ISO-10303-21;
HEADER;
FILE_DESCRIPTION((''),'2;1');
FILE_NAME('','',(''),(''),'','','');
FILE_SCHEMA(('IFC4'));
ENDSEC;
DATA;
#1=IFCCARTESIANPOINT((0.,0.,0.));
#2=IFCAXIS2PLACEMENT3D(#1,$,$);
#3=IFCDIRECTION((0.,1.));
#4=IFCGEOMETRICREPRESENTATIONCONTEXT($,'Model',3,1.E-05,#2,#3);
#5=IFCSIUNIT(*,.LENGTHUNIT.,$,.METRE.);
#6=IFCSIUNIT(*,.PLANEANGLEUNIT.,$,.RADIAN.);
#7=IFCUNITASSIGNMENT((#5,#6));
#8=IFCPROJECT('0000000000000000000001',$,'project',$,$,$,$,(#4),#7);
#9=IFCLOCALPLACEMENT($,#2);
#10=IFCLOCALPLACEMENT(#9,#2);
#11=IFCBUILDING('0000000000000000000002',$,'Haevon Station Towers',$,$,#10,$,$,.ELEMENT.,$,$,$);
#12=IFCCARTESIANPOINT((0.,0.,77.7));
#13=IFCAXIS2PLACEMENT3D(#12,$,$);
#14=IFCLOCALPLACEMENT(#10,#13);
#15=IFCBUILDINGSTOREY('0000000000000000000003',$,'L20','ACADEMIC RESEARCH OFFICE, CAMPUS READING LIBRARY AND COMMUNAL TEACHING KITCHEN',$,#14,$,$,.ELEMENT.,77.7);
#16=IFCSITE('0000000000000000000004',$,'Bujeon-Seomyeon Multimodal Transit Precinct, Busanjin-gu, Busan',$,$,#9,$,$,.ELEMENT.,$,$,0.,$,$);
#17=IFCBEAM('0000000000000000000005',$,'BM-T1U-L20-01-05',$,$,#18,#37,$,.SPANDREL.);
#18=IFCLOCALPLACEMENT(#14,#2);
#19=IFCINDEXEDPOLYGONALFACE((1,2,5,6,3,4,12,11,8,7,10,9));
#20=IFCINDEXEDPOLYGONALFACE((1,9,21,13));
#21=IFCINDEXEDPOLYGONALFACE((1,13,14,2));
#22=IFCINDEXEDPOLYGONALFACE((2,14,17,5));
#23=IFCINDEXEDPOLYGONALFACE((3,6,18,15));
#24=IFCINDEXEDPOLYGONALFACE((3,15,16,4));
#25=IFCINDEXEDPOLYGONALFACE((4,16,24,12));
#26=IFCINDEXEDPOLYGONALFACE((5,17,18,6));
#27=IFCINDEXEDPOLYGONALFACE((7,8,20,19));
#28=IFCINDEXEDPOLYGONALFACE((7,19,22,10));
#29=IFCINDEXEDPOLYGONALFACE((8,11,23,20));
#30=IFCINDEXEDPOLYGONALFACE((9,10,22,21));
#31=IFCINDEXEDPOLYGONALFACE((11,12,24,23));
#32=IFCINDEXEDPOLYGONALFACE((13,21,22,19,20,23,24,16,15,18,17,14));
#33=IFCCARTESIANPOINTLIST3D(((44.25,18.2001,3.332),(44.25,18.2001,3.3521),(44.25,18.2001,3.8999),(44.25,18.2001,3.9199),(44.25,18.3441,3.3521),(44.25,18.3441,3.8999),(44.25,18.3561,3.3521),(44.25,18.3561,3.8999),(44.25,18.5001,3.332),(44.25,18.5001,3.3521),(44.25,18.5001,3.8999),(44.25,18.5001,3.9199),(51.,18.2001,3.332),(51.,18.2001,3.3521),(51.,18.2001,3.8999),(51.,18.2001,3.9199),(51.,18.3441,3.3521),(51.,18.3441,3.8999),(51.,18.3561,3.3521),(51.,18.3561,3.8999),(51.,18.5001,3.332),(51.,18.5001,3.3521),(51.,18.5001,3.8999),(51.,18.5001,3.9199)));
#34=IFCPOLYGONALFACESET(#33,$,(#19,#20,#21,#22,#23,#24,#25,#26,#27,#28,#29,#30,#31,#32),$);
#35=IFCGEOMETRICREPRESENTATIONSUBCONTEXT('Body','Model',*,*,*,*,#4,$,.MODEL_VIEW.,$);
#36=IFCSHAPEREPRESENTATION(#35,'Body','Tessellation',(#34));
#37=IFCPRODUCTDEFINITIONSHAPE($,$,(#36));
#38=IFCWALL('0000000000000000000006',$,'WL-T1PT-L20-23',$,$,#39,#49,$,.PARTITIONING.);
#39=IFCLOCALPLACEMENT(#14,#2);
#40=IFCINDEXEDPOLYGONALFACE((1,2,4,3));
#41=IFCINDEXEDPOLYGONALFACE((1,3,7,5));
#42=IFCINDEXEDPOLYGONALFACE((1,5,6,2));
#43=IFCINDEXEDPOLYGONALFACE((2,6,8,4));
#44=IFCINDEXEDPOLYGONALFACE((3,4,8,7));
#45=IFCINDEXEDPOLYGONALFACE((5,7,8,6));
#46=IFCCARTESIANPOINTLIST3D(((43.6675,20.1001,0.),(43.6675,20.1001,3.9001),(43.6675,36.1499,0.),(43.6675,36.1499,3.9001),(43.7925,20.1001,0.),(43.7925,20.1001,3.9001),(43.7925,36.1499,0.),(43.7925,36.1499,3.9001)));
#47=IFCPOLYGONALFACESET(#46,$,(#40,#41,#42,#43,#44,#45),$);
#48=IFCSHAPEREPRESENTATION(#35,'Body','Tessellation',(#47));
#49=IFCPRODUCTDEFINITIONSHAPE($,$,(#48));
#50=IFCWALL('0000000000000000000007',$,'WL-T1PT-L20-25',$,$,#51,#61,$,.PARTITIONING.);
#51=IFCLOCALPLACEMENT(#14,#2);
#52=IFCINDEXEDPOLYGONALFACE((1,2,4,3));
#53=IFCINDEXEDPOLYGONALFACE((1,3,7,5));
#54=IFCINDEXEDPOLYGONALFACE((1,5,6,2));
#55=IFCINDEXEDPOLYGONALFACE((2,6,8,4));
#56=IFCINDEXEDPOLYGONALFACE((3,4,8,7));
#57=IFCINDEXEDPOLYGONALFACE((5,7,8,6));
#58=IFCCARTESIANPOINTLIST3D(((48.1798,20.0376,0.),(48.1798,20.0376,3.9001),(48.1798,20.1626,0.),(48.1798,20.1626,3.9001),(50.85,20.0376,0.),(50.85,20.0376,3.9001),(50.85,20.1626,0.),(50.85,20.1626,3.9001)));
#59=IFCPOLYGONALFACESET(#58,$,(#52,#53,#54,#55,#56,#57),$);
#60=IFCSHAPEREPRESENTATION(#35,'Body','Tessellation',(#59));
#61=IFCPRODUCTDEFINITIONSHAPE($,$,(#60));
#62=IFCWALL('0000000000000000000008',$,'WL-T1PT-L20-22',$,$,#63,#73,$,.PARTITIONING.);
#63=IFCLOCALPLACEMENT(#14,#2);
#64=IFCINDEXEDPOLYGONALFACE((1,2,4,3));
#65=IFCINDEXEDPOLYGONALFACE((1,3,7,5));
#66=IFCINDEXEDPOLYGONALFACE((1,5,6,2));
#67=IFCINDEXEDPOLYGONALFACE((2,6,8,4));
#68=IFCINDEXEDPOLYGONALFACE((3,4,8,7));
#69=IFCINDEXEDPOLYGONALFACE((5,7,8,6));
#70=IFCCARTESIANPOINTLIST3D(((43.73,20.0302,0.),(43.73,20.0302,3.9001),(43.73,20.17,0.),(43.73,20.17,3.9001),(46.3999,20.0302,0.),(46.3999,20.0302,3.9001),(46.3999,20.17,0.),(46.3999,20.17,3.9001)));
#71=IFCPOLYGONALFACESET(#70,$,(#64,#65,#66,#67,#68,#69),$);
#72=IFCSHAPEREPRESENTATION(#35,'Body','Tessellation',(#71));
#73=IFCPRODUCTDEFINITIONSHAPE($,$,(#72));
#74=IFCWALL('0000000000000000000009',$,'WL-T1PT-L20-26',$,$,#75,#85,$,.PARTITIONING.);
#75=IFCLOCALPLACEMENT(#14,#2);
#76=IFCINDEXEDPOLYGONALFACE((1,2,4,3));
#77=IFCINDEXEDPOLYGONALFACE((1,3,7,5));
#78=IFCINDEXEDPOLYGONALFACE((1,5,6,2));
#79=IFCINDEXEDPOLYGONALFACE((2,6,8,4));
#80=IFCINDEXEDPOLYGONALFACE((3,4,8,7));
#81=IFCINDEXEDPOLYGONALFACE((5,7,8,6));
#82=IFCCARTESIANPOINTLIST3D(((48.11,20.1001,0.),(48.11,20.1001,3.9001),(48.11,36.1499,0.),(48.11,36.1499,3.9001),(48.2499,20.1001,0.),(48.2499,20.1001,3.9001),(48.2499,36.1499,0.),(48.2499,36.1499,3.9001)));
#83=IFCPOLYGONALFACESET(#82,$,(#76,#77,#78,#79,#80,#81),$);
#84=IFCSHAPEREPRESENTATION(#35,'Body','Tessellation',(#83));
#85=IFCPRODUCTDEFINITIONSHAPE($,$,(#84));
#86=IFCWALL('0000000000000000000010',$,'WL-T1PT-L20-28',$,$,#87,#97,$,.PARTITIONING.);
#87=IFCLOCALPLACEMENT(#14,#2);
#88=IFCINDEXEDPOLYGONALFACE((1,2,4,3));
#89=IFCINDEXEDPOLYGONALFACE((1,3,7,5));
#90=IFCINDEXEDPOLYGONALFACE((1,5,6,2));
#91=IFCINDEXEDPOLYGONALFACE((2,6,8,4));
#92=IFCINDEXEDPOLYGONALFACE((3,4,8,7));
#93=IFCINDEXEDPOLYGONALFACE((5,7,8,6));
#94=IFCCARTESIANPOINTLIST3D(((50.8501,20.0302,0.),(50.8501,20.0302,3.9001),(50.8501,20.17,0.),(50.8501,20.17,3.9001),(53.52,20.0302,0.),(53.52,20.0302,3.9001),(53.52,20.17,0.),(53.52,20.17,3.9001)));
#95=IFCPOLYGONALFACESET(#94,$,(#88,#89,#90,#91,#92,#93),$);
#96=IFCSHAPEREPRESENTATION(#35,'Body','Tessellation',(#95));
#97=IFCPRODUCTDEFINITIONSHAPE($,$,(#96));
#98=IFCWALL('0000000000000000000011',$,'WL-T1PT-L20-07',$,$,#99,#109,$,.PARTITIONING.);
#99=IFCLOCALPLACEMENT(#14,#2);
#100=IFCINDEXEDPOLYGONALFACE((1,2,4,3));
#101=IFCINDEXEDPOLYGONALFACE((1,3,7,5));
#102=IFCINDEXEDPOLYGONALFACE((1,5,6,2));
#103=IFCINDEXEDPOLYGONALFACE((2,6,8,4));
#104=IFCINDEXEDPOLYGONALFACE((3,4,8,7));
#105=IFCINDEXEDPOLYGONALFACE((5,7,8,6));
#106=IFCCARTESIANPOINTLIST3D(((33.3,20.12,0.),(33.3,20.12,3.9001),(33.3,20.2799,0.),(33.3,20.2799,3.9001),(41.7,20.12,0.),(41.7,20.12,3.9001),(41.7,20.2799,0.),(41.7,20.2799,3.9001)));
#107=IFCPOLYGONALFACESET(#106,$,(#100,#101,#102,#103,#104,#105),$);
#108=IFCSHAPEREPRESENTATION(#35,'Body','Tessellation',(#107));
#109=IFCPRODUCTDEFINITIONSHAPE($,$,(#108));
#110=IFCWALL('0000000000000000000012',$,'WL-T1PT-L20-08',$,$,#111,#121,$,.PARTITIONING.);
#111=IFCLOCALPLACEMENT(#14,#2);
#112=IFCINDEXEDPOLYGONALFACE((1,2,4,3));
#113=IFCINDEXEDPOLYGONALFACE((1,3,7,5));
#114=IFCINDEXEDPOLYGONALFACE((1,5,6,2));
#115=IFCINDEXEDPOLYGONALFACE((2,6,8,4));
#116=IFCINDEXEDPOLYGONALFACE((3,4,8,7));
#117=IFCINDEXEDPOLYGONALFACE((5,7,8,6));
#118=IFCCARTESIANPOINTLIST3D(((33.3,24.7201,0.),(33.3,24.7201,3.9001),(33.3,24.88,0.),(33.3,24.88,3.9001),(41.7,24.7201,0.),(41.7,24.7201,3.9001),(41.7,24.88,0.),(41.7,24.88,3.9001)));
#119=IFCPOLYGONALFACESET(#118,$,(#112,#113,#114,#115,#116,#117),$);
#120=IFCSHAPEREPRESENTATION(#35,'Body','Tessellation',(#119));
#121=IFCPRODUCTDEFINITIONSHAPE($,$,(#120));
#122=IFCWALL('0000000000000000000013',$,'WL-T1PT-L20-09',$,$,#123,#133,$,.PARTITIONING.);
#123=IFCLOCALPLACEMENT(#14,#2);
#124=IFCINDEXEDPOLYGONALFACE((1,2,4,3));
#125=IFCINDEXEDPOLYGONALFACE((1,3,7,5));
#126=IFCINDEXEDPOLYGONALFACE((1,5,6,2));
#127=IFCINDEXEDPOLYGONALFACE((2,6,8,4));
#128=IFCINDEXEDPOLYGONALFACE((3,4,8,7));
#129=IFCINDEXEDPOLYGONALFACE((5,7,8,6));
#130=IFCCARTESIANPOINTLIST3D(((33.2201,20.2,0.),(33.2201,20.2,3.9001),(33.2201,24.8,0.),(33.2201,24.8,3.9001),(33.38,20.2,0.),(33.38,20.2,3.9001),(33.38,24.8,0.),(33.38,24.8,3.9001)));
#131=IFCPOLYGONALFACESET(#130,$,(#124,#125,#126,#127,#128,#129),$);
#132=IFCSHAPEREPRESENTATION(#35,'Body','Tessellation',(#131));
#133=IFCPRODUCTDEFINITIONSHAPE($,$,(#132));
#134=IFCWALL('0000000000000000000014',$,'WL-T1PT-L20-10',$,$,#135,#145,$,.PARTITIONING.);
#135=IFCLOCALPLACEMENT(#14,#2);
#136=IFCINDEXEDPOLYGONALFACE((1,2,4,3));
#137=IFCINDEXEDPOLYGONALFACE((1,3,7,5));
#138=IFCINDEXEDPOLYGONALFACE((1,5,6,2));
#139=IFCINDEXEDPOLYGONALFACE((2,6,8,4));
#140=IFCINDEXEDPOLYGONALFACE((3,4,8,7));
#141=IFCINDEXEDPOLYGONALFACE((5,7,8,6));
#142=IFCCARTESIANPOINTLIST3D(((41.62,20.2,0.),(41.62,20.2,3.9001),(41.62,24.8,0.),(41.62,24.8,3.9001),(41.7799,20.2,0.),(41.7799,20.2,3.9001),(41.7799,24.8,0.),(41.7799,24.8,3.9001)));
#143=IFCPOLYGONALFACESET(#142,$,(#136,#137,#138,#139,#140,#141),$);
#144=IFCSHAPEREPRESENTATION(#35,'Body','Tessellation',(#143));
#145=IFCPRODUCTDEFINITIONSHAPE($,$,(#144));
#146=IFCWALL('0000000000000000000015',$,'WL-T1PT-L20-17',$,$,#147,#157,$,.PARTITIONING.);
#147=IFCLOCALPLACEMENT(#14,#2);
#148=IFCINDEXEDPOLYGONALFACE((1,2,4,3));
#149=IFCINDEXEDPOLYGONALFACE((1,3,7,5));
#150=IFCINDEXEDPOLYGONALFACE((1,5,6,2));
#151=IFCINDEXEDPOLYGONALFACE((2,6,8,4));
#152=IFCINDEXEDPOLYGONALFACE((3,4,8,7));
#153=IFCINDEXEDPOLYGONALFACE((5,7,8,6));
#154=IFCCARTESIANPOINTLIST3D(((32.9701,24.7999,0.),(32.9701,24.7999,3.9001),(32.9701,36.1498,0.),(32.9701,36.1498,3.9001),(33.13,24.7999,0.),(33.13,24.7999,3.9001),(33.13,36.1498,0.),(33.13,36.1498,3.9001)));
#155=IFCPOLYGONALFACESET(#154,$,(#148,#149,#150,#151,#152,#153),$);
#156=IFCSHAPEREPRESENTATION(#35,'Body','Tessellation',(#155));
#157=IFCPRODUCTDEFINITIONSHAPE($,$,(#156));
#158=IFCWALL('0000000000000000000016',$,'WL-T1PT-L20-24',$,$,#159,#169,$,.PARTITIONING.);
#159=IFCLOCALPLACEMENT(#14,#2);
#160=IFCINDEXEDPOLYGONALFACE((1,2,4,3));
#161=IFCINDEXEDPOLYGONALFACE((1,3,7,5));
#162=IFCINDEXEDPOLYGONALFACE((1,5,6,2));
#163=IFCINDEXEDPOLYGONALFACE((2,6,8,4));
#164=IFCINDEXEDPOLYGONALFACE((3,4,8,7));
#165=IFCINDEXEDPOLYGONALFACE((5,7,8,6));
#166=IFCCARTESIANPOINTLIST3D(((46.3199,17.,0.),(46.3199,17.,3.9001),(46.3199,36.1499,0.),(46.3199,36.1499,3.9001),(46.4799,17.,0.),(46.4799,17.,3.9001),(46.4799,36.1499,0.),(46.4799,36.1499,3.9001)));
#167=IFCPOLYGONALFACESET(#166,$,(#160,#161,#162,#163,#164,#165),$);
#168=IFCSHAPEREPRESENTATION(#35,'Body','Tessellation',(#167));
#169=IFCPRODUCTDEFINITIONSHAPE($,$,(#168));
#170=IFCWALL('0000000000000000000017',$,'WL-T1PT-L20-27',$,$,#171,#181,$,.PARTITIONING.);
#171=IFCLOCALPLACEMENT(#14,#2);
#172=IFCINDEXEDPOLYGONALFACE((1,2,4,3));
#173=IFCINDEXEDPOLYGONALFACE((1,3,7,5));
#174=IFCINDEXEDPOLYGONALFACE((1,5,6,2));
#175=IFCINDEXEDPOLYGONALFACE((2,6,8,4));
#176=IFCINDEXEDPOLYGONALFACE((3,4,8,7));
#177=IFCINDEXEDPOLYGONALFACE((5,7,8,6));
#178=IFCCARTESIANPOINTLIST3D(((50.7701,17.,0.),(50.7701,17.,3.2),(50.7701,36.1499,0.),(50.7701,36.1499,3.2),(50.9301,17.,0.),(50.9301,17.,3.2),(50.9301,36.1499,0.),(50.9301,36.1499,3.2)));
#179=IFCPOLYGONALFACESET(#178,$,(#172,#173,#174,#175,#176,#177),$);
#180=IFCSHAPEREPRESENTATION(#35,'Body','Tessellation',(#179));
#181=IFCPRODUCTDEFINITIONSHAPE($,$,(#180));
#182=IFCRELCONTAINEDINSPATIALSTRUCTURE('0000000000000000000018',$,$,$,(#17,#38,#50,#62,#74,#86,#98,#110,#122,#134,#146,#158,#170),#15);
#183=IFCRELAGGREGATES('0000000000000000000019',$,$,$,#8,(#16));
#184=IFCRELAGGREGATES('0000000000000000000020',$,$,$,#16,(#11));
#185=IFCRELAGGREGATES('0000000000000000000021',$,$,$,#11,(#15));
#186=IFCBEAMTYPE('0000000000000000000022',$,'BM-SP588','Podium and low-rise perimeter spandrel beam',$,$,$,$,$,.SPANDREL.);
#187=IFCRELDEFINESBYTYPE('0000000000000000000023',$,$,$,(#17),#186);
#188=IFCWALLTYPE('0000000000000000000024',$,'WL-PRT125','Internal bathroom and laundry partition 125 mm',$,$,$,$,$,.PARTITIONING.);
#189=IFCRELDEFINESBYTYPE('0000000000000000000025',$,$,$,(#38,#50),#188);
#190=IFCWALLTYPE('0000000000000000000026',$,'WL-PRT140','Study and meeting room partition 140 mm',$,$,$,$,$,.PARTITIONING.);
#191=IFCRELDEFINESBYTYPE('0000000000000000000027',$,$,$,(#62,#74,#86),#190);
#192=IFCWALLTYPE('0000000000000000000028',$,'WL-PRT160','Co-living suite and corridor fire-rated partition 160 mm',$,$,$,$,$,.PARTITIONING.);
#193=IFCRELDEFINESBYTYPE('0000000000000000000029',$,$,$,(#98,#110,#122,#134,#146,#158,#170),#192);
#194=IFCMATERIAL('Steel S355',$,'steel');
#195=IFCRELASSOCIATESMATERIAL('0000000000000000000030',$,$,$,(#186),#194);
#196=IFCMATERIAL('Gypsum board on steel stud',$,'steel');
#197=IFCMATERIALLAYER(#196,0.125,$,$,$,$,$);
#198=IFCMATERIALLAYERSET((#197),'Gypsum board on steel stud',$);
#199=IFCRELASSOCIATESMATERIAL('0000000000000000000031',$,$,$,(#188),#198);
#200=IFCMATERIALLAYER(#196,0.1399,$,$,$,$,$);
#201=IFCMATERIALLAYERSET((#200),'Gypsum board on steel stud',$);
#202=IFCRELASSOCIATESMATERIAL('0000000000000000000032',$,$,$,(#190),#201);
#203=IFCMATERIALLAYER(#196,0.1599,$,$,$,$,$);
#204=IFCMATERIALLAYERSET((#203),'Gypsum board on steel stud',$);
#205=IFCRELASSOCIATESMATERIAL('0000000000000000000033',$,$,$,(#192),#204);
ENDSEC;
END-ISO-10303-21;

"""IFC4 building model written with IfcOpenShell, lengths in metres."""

from ifc_helpers import new_model, si_unit, direction, frame, frame_2d, origin, origin_2d, place, context, subcontext, project, spatial, rectangle, i_section, extrude, material, layer, layer_set, material_profile, profile_set, type_object, element, save


model = new_model("IFC4")

# Units and contexts
model_context = context("Model", 3, precision=1e-05, world=origin(), true_north=direction((0.0, 1.0)))
body_context = subcontext(model_context, "Body", "Model", "MODEL_VIEW")
ifc_project = project(units=[si_unit("LENGTHUNIT", "METRE"), si_unit("PLANEANGLEUNIT", "RADIAN")], contexts=[model_context])

# Site, building, storey
site_placement = place(None, origin())
site = spatial("IfcSite", under=ifc_project, at=site_placement, Name="Bujeon-Seomyeon Multimodal Transit Precinct, Busanjin-gu, Busan", CompositionType="ELEMENT", RefElevation=0.0)
building_placement = place(site_placement, origin())
building = spatial("IfcBuilding", under=site, at=building_placement, Name="Haevon Station Towers", CompositionType="ELEMENT")
storey_placement = place(building_placement, frame((0.0, 0.0, 77.7)))
storey = spatial("IfcBuildingStorey", under=building, at=storey_placement, Name="L20", Description="ACADEMIC RESEARCH OFFICE, CAMPUS READING LIBRARY AND COMMUNAL TEACHING KITCHEN", CompositionType="ELEMENT", Elevation=77.7)

# Beam
ifc_material_1 = material(Name="Steel S355", Category="steel")
ifc_material_profile_1 = material_profile(ifc_material_1, i_section(OverallWidth=0.3, OverallDepth=0.5879, WebThickness=0.012, FlangeThickness=0.02, at=origin_2d()), Name="H-588x300x12x20")
ifc_profile_set_1 = profile_set([ifc_material_profile_1], Name="Steel S355")
beam_type_1 = type_object("IfcBeamType", Name="BM-SP588", Description="Podium and low-rise perimeter spandrel beam", PredefinedType="SPANDREL", material=ifc_profile_set_1)
for number, where, z_axis, x_axis, name in (
    (1, (44.25, 18.3501, 3.626), (1.0, 0.0, 0.0), (0.0, 1.0, 0.0), "BM-T1U-L20-01-05"),
):
    element("IfcBeam", number, at=place(storey_placement, frame(where, z_axis=z_axis, x_axis=x_axis)), inside=storey, type_object=beam_type_1, Name=name, PredefinedType="SPANDREL", context=body_context, shape_type="SweptSolid", body=[
        extrude(i_section(OverallWidth=0.3, OverallDepth=0.5879, WebThickness=0.012, FlangeThickness=0.02, at=origin_2d()), origin(), (0.0, 0.0, 1.0), 6.75),
    ])

# Walls
ifc_material_2 = material(Name="Gypsum board on steel stud", Category="steel")
ifc_layer_1 = layer(ifc_material_2, 0.125)
ifc_layer_set_1 = layer_set([ifc_layer_1], Name="Gypsum board on steel stud")
wall_type_1 = type_object("IfcWallType", Name="WL-PRT125", Description="Internal bathroom and laundry partition 125 mm", PredefinedType="PARTITIONING", material=ifc_layer_set_1)
wall_1_placement = place(storey_placement, frame((43.73, 20.1001, 0.0), z_axis=(0.0, 0.0, 1.0), x_axis=(0.0, 1.0, 0.0)))
element("IfcWall", 2, at=wall_1_placement, inside=storey, type_object=wall_type_1, Name="WL-T1PT-L20-23", PredefinedType="PARTITIONING", context=body_context, shape_type="SweptSolid", body=[
    extrude(rectangle(XDim=16.0498, YDim=0.125, at=frame_2d((8.0249, 0.0))), origin(), (0.0, 0.0, 1.0), 3.9001),
])
wall_2_placement = place(storey_placement, frame((48.1799, 20.1001, 0.0), z_axis=(0.0, 0.0, 1.0), x_axis=(1.0, 0.0, 0.0)))
element("IfcWall", 3, at=wall_2_placement, inside=storey, type_object=wall_type_1, Name="WL-T1PT-L20-25", PredefinedType="PARTITIONING", context=body_context, shape_type="SweptSolid", body=[
    extrude(rectangle(XDim=2.6702, YDim=0.125, at=frame_2d((1.335, 0.0))), origin(), (0.0, 0.0, 1.0), 3.9001),
])
ifc_layer_2 = layer(ifc_material_2, 0.1399)
ifc_layer_set_2 = layer_set([ifc_layer_2], Name="Gypsum board on steel stud")
wall_type_2 = type_object("IfcWallType", Name="WL-PRT140", Description="Study and meeting room partition 140 mm", PredefinedType="PARTITIONING", material=ifc_layer_set_2)
wall_3_placement = place(storey_placement, frame((43.73, 20.1001, 0.0), z_axis=(0.0, 0.0, 1.0), x_axis=(1.0, 0.0, 0.0)))
element("IfcWall", 4, at=wall_3_placement, inside=storey, type_object=wall_type_2, Name="WL-T1PT-L20-22", PredefinedType="PARTITIONING", context=body_context, shape_type="SweptSolid", body=[
    extrude(rectangle(XDim=2.6699, YDim=0.1399, at=frame_2d((1.335, 0.0))), origin(), (0.0, 0.0, 1.0), 3.9001),
])
wall_4_placement = place(storey_placement, frame((48.1799, 20.1001, 0.0), z_axis=(0.0, 0.0, 1.0), x_axis=(0.0, 1.0, 0.0)))
element("IfcWall", 5, at=wall_4_placement, inside=storey, type_object=wall_type_2, Name="WL-T1PT-L20-26", PredefinedType="PARTITIONING", context=body_context, shape_type="SweptSolid", body=[
    extrude(rectangle(XDim=16.0498, YDim=0.1399, at=frame_2d((8.0249, 0.0))), origin(), (0.0, 0.0, 1.0), 3.9001),
])
wall_5_placement = place(storey_placement, frame((50.8501, 20.1001, 0.0), z_axis=(0.0, 0.0, 1.0), x_axis=(1.0, 0.0, 0.0)))
element("IfcWall", 6, at=wall_5_placement, inside=storey, type_object=wall_type_2, Name="WL-T1PT-L20-28", PredefinedType="PARTITIONING", context=body_context, shape_type="SweptSolid", body=[
    extrude(rectangle(XDim=2.6699, YDim=0.1399, at=frame_2d((1.335, 0.0))), origin(), (0.0, 0.0, 1.0), 3.9001),
])
ifc_layer_3 = layer(ifc_material_2, 0.1599)
ifc_layer_set_3 = layer_set([ifc_layer_3], Name="Gypsum board on steel stud")
wall_type_3 = type_object("IfcWallType", Name="WL-PRT160", Description="Co-living suite and corridor fire-rated partition 160 mm", PredefinedType="PARTITIONING", material=ifc_layer_set_3)
for number, where, z_axis, x_axis, name in (
    (7, (33.3, 20.2, 0.0), (0.0, 0.0, 1.0), (1.0, 0.0, 0.0), "WL-T1PT-L20-07"),
    (8, (33.3, 24.8, 0.0), (0.0, 0.0, 1.0), (1.0, 0.0, 0.0), "WL-T1PT-L20-08"),
):
    element("IfcWall", number, at=place(storey_placement, frame(where, z_axis=z_axis, x_axis=x_axis)), inside=storey, type_object=wall_type_3, Name=name, PredefinedType="PARTITIONING", context=body_context, shape_type="SweptSolid", body=[
        extrude(rectangle(XDim=8.3999, YDim=0.1599, at=frame_2d((4.2, 0.0))), origin(), (0.0, 0.0, 1.0), 3.9001),
    ])
for number, where, z_axis, x_axis, name in (
    (9, (33.3, 20.2, 0.0), (0.0, 0.0, 1.0), (0.0, 1.0, 0.0), "WL-T1PT-L20-09"),
    (10, (41.7, 20.2, 0.0), (0.0, 0.0, 1.0), (0.0, 1.0, 0.0), "WL-T1PT-L20-10"),
):
    element("IfcWall", number, at=place(storey_placement, frame(where, z_axis=z_axis, x_axis=x_axis)), inside=storey, type_object=wall_type_3, Name=name, PredefinedType="PARTITIONING", context=body_context, shape_type="SweptSolid", body=[
        extrude(rectangle(XDim=4.6001, YDim=0.1599, at=frame_2d((2.3, 0.0))), origin(), (0.0, 0.0, 1.0), 3.9001),
    ])
wall_6_placement = place(storey_placement, frame((33.05, 24.8, 0.0), z_axis=(0.0, 0.0, 1.0), x_axis=(0.0, 1.0, 0.0)))
element("IfcWall", 11, at=wall_6_placement, inside=storey, type_object=wall_type_3, Name="WL-T1PT-L20-17", PredefinedType="PARTITIONING", context=body_context, shape_type="SweptSolid", body=[
    extrude(rectangle(XDim=11.3499, YDim=0.1599, at=frame_2d((5.6748, 0.0))), origin(), (0.0, 0.0, 1.0), 3.9001),
])
wall_7_placement = place(storey_placement, frame((46.3999, 17.0, 0.0), z_axis=(0.0, 0.0, 1.0), x_axis=(0.0, 1.0, 0.0)))
element("IfcWall", 12, at=wall_7_placement, inside=storey, type_object=wall_type_3, Name="WL-T1PT-L20-24", PredefinedType="PARTITIONING", context=body_context, shape_type="SweptSolid", body=[
    extrude(rectangle(XDim=19.1499, YDim=0.1599, at=frame_2d((9.575, 0.0))), origin(), (0.0, 0.0, 1.0), 3.9001),
])
wall_8_placement = place(storey_placement, frame((50.8501, 17.0, 0.0), z_axis=(0.0, 0.0, 1.0), x_axis=(0.0, 1.0, 0.0)))
element("IfcWall", 13, at=wall_8_placement, inside=storey, type_object=wall_type_3, Name="WL-T1PT-L20-27", PredefinedType="PARTITIONING", context=body_context, shape_type="SweptSolid", body=[
    extrude(rectangle(XDim=19.1499, YDim=0.1599, at=frame_2d((9.575, 0.0))), origin(), (0.0, 0.0, 1.0), 3.2),
])

save(model, "model.ifc")
